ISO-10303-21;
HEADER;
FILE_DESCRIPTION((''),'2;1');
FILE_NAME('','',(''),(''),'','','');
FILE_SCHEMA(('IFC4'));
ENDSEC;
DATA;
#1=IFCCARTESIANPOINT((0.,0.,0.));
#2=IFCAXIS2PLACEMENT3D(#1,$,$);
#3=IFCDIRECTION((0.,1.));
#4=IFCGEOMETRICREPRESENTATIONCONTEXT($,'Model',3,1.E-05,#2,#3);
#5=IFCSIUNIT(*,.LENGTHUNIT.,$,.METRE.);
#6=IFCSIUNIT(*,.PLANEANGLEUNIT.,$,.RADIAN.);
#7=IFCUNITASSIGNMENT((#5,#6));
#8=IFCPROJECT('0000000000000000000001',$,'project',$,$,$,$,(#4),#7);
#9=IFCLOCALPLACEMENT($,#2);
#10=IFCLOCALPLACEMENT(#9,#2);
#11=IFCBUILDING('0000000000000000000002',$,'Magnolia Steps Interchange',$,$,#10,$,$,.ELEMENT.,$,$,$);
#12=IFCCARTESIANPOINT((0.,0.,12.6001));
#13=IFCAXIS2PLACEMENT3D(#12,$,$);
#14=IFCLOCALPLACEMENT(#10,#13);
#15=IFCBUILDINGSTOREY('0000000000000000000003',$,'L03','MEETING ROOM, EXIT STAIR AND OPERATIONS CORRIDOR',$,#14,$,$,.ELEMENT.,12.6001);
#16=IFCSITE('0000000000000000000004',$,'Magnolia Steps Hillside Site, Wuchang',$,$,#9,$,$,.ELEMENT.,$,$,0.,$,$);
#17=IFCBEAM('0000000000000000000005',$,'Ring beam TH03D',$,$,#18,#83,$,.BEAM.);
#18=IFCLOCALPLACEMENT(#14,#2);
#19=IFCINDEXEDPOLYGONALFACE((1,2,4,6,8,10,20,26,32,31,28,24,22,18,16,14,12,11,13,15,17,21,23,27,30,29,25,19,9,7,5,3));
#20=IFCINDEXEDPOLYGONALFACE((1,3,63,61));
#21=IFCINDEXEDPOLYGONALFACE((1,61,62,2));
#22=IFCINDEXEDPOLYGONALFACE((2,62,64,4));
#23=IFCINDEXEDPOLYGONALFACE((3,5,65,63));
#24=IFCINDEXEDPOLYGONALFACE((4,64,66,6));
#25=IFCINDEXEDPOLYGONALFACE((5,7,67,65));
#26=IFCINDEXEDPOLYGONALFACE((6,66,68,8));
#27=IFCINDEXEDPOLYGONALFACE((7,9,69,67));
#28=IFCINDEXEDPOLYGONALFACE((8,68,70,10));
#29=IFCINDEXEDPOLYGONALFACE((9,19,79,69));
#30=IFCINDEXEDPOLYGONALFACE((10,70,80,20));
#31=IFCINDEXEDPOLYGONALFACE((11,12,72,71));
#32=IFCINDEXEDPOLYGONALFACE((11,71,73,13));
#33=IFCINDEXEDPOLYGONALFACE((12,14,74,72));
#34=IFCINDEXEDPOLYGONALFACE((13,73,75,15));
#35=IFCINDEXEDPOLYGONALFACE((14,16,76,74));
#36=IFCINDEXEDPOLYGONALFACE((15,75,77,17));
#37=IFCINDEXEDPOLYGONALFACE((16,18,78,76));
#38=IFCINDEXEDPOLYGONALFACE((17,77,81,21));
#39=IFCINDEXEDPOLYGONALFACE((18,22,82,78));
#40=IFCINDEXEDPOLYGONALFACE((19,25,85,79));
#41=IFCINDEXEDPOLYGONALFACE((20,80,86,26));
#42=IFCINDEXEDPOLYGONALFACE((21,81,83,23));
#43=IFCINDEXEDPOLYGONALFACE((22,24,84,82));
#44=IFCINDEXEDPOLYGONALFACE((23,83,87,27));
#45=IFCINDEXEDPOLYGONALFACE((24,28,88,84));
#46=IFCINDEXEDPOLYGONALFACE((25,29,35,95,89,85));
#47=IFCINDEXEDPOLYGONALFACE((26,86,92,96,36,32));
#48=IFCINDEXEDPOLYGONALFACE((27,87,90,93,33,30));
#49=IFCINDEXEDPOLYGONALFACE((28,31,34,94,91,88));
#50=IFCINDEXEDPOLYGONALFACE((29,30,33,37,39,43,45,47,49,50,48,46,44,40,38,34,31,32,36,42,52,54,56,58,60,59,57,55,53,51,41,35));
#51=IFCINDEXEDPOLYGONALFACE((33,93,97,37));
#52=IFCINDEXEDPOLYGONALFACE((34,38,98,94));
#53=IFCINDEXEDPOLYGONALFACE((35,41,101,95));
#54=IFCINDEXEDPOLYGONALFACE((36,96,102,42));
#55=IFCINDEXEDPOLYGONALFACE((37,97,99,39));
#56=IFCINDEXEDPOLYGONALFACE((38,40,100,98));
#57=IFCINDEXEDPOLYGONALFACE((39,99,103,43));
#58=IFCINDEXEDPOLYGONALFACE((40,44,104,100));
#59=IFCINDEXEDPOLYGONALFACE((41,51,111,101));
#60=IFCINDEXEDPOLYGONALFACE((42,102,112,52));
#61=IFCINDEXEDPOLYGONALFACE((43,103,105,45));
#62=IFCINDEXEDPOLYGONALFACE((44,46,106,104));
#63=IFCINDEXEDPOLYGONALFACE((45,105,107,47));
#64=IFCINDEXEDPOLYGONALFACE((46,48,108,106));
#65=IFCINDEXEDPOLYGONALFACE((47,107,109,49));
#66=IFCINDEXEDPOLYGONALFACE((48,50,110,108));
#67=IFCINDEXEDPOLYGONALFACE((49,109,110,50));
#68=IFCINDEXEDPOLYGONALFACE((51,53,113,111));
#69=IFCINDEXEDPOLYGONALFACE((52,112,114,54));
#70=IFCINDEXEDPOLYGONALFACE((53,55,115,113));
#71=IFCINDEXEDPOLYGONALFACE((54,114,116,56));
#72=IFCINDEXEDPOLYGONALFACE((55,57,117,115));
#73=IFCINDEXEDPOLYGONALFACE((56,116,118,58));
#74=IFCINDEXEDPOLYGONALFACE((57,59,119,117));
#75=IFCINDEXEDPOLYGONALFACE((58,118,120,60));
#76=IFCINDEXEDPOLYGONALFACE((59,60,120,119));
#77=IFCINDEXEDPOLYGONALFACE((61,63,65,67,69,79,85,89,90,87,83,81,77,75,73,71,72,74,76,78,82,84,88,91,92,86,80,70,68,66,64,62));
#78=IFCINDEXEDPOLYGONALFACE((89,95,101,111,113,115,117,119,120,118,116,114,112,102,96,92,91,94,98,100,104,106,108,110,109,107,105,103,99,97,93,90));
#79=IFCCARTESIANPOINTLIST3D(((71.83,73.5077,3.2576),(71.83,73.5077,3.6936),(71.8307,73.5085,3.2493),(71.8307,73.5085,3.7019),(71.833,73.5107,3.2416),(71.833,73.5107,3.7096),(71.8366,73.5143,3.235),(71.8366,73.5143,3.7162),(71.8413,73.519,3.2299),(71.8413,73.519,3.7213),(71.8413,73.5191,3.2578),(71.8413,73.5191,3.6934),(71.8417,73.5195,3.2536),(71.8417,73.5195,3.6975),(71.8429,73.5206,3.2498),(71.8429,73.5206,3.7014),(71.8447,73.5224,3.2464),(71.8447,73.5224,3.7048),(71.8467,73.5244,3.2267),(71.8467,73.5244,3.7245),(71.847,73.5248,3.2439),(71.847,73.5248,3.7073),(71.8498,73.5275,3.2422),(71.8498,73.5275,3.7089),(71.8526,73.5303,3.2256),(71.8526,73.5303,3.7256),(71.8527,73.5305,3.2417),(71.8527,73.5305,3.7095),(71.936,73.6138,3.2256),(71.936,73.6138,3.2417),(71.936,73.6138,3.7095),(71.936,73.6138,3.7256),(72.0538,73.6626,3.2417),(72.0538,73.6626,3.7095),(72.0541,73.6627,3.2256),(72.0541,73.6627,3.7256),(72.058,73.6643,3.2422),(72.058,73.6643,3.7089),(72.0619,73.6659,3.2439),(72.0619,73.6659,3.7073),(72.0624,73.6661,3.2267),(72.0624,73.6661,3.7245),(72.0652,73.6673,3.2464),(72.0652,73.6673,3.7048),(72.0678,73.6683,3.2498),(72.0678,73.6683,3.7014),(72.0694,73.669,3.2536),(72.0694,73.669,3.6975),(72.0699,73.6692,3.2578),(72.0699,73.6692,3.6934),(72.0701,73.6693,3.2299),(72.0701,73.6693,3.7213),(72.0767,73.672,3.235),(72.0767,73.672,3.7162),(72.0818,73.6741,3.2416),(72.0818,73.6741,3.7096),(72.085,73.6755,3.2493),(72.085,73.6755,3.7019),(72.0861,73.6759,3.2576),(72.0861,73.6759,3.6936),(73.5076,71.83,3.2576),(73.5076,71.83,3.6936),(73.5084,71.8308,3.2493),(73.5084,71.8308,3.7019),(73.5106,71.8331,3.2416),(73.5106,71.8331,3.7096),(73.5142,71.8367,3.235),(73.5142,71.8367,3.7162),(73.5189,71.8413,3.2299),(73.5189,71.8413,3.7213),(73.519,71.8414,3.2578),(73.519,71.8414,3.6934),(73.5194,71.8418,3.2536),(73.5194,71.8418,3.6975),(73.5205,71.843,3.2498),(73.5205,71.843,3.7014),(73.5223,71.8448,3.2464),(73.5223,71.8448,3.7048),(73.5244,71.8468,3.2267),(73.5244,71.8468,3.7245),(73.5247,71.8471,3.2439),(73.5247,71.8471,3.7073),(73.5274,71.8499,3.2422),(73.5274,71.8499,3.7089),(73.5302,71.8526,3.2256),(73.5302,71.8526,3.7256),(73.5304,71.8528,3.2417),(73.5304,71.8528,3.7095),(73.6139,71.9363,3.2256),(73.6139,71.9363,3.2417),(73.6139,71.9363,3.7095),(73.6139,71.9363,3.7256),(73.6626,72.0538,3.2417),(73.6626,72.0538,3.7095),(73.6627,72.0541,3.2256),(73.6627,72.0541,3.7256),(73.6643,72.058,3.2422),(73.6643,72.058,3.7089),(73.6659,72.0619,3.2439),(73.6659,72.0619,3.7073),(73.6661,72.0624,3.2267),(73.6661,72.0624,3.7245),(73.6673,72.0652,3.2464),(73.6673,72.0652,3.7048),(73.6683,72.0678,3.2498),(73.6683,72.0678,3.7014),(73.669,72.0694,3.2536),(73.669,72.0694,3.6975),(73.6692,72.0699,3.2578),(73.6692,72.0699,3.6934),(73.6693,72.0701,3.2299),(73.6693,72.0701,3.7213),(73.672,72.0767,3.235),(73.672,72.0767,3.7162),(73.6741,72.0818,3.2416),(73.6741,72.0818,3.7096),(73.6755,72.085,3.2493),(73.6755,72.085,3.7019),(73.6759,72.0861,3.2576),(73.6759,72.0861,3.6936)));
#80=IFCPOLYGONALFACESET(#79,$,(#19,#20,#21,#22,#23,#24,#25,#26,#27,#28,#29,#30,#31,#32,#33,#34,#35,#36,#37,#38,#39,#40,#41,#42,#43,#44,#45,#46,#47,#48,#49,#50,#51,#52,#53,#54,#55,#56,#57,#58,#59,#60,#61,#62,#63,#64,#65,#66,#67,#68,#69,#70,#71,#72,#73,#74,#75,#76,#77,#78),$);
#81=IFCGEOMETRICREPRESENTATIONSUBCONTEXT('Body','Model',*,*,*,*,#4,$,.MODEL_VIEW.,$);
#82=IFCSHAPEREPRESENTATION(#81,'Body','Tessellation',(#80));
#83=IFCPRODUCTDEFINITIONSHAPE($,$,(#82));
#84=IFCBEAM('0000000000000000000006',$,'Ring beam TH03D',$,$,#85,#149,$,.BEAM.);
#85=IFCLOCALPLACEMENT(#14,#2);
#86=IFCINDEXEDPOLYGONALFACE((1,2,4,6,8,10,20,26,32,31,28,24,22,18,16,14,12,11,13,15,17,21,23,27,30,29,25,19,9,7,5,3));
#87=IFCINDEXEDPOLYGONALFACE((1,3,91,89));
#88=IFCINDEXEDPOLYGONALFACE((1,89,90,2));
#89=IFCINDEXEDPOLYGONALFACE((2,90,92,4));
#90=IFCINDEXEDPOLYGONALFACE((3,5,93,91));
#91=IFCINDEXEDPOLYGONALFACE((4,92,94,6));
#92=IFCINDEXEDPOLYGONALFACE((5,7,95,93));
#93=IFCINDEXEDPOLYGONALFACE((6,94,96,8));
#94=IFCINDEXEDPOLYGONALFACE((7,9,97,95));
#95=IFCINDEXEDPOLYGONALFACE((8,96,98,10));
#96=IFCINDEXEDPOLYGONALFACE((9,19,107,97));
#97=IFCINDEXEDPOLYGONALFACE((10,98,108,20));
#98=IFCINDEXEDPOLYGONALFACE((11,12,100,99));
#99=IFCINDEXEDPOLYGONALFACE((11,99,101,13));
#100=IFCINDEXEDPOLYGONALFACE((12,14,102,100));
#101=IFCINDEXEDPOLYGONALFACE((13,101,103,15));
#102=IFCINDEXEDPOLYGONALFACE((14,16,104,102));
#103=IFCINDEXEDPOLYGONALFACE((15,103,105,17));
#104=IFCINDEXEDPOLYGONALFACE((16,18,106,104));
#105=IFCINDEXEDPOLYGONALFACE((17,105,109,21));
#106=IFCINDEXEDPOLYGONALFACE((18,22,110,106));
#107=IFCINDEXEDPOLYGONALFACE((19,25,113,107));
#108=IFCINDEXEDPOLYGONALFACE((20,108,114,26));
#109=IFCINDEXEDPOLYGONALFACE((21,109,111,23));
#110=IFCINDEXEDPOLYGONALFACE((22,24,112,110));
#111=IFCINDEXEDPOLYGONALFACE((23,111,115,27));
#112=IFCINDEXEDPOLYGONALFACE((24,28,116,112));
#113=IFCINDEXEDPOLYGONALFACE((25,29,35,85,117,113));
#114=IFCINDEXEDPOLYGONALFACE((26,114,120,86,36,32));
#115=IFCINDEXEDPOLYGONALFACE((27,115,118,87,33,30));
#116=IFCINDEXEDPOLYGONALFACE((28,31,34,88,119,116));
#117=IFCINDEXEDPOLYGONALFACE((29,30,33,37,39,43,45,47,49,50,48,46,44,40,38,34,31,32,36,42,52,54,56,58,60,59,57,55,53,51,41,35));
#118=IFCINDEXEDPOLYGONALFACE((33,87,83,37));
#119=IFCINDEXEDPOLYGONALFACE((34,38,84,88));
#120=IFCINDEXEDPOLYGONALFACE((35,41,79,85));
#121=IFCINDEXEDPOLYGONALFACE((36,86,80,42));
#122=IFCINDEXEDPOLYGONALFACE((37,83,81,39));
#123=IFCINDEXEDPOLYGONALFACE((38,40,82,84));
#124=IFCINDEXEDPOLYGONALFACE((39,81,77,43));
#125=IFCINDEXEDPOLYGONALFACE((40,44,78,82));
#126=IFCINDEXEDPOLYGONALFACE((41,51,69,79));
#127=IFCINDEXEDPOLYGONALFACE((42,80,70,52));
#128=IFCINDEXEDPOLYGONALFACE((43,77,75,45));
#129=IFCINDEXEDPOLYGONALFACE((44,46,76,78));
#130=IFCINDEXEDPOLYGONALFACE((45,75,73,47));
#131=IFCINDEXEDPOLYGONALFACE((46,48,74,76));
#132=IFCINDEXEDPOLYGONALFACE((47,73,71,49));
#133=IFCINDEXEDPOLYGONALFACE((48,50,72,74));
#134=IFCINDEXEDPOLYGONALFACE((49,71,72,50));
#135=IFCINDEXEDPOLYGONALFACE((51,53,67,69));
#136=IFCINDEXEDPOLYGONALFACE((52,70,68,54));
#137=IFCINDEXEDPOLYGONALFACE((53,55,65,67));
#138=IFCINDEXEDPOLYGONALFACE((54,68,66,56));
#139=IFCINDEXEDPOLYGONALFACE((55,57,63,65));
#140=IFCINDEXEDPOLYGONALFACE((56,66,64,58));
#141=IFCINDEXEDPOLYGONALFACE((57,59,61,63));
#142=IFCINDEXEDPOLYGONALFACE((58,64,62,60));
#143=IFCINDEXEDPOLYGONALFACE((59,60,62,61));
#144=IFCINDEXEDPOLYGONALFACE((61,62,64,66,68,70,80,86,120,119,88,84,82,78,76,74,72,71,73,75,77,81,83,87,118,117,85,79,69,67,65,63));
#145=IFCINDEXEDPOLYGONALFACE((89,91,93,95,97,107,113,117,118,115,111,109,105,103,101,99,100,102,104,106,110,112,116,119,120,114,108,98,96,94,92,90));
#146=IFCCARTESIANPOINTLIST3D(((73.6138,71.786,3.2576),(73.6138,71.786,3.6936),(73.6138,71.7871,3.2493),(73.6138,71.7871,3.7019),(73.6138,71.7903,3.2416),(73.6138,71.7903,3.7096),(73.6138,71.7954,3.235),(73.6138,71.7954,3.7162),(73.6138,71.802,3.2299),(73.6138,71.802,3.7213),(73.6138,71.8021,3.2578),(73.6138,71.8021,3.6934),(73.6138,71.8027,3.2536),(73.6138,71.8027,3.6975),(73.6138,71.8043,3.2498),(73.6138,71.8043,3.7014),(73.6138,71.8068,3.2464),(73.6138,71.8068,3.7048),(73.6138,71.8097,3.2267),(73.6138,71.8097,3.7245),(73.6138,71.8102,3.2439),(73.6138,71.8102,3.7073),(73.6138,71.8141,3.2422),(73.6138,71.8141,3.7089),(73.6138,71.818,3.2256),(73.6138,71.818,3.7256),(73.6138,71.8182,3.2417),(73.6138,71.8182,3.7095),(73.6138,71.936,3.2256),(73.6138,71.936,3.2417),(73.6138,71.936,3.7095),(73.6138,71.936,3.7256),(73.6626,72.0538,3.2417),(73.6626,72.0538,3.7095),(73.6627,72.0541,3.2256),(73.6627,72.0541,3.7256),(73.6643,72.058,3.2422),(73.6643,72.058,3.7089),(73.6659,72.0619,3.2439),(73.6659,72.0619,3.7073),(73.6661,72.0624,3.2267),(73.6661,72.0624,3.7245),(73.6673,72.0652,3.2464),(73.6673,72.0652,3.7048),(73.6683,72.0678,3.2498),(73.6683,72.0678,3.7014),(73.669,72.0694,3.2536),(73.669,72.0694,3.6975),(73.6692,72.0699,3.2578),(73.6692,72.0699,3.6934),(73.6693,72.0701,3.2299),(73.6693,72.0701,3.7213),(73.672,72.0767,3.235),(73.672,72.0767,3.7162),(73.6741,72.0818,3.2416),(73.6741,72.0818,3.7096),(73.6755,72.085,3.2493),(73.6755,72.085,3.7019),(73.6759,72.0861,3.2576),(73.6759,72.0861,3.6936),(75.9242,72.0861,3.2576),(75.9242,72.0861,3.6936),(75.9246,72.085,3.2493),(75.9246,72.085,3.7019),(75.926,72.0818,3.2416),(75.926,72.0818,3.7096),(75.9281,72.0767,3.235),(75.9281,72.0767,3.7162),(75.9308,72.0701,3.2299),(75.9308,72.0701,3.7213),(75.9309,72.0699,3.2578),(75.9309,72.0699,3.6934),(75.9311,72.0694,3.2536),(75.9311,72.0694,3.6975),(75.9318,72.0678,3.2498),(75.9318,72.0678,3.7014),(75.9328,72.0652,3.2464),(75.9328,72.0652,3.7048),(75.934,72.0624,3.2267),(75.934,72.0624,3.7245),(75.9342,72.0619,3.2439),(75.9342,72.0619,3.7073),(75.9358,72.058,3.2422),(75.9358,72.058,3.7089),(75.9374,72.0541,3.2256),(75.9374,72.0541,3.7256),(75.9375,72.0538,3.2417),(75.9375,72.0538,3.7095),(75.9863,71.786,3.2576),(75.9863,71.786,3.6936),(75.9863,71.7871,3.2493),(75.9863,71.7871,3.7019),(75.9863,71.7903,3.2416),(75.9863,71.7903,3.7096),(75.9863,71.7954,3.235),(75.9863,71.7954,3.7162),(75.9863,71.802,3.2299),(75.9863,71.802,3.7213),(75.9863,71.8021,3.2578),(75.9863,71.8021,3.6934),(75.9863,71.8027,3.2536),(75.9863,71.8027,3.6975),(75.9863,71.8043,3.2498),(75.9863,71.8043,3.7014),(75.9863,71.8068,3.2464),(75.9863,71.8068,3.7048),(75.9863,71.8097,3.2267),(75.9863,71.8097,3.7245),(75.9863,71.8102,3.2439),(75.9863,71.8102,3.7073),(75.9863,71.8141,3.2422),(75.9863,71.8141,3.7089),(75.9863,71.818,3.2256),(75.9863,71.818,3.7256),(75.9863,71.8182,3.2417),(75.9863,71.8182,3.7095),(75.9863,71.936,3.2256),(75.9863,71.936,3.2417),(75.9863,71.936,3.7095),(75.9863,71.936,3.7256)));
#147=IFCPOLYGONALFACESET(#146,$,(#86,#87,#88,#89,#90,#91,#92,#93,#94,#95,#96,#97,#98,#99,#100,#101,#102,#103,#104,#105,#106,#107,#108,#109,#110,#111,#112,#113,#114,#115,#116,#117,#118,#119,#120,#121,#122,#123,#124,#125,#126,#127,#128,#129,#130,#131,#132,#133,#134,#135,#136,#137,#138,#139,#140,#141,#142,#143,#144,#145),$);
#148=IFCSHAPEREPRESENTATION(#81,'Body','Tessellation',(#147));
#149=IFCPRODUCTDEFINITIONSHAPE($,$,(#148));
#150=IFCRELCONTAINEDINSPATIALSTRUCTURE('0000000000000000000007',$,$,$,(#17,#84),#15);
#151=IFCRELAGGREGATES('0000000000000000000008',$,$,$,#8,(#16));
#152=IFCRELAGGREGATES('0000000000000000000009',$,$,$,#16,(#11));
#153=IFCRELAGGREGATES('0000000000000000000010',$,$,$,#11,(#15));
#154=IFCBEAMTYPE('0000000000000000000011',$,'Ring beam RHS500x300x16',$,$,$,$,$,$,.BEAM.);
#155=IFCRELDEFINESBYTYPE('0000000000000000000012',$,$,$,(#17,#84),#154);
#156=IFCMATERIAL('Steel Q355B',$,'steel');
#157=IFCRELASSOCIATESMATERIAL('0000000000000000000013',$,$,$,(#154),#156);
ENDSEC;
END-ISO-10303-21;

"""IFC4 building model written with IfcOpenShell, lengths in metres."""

from ifc_helpers import new_model, si_unit, direction, frame, origin, origin_2d, place, context, subcontext, project, spatial, hollow_rectangle, extrude, clip, halfspace, material, material_profile, profile_set, type_object, element, save


model = new_model("IFC4")

# Units and contexts
model_context = context("Model", 3, precision=1e-05, world=origin(), true_north=direction((0.0, 1.0)))
body_context = subcontext(model_context, "Body", "Model", "MODEL_VIEW")
ifc_project = project(units=[si_unit("LENGTHUNIT", "METRE"), si_unit("PLANEANGLEUNIT", "RADIAN")], contexts=[model_context])

# Site, building, storey
site_placement = place(None, origin())
site = spatial("IfcSite", under=ifc_project, at=site_placement, Name="Magnolia Steps Hillside Site, Wuchang", CompositionType="ELEMENT", RefElevation=0.0)
building_placement = place(site_placement, origin())
building = spatial("IfcBuilding", under=site, at=building_placement, Name="Magnolia Steps Interchange", CompositionType="ELEMENT")
storey_placement = place(building_placement, frame((0.0, 0.0, 12.6001)))
storey = spatial("IfcBuildingStorey", under=building, at=storey_placement, Name="L03", Description="MEETING ROOM, EXIT STAIR AND OPERATIONS CORRIDOR", CompositionType="ELEMENT", Elevation=12.6001)

# Beams
ifc_material_1 = material(Name="Steel Q355B", Category="steel")
ifc_material_profile_1 = material_profile(ifc_material_1, hollow_rectangle(XDim=0.3, YDim=0.5, WallThickness=0.0161, InnerFilletRadius=0.0161, OuterFilletRadius=0.032, at=origin_2d()), Name="RHS500x300x16")
ifc_profile_set_1 = profile_set([ifc_material_profile_1], Name="Steel Q355B")
beam_type_1 = type_object("IfcBeamType", Name="Ring beam RHS500x300x16", PredefinedType="BEAM", material=ifc_profile_set_1)
beam_1_placement = place(storey_placement, frame((71.936, 73.6138, 3.4756), z_axis=(0.707107, -0.707107, 0.0), x_axis=(0.707107, 0.707107, 0.0)))
element("IfcBeam", 1, at=beam_1_placement, inside=storey, type_object=beam_type_1, Name="Ring beam TH03D", PredefinedType="BEAM", context=body_context, shape_type="Clipping", body=[
    clip(clip(extrude(hollow_rectangle(XDim=0.3, YDim=0.5, WallThickness=0.0161, InnerFilletRadius=0.0161, OuterFilletRadius=0.032, at=origin_2d()), origin(), (0.0, 0.0, 1.0), 2.3726), halfspace(frame((0.0, 0.0, 0.0), z_axis=(0.382683, 0.0, -0.92388), x_axis=(0.92388, 0.0, 0.382683)), False)), halfspace(frame((0.0, 0.0, 2.3727), z_axis=(0.382683, 0.0, 0.92388), x_axis=(0.92388, 0.0, -0.382683)), False)),
])
beam_2_placement = place(storey_placement, frame((73.6138, 71.936, 3.4756), z_axis=(1.0, 0.0, 0.0), x_axis=(0.0, 1.0, 0.0)))
element("IfcBeam", 2, at=beam_2_placement, inside=storey, type_object=beam_type_1, Name="Ring beam TH03D", PredefinedType="BEAM", context=body_context, shape_type="Clipping", body=[
    clip(clip(extrude(hollow_rectangle(XDim=0.3, YDim=0.5, WallThickness=0.0161, InnerFilletRadius=0.0161, OuterFilletRadius=0.032, at=origin_2d()), origin(), (0.0, 0.0, 1.0), 2.3726), halfspace(frame((0.0, 0.0, 0.0), z_axis=(0.382683, 0.0, -0.92388), x_axis=(0.92388, 0.0, 0.382683)), False)), halfspace(frame((0.0, 0.0, 2.3726), z_axis=(0.382683, 0.0, 0.92388), x_axis=(0.92388, 0.0, -0.382683)), False)),
])

save(model, "model.ifc")
